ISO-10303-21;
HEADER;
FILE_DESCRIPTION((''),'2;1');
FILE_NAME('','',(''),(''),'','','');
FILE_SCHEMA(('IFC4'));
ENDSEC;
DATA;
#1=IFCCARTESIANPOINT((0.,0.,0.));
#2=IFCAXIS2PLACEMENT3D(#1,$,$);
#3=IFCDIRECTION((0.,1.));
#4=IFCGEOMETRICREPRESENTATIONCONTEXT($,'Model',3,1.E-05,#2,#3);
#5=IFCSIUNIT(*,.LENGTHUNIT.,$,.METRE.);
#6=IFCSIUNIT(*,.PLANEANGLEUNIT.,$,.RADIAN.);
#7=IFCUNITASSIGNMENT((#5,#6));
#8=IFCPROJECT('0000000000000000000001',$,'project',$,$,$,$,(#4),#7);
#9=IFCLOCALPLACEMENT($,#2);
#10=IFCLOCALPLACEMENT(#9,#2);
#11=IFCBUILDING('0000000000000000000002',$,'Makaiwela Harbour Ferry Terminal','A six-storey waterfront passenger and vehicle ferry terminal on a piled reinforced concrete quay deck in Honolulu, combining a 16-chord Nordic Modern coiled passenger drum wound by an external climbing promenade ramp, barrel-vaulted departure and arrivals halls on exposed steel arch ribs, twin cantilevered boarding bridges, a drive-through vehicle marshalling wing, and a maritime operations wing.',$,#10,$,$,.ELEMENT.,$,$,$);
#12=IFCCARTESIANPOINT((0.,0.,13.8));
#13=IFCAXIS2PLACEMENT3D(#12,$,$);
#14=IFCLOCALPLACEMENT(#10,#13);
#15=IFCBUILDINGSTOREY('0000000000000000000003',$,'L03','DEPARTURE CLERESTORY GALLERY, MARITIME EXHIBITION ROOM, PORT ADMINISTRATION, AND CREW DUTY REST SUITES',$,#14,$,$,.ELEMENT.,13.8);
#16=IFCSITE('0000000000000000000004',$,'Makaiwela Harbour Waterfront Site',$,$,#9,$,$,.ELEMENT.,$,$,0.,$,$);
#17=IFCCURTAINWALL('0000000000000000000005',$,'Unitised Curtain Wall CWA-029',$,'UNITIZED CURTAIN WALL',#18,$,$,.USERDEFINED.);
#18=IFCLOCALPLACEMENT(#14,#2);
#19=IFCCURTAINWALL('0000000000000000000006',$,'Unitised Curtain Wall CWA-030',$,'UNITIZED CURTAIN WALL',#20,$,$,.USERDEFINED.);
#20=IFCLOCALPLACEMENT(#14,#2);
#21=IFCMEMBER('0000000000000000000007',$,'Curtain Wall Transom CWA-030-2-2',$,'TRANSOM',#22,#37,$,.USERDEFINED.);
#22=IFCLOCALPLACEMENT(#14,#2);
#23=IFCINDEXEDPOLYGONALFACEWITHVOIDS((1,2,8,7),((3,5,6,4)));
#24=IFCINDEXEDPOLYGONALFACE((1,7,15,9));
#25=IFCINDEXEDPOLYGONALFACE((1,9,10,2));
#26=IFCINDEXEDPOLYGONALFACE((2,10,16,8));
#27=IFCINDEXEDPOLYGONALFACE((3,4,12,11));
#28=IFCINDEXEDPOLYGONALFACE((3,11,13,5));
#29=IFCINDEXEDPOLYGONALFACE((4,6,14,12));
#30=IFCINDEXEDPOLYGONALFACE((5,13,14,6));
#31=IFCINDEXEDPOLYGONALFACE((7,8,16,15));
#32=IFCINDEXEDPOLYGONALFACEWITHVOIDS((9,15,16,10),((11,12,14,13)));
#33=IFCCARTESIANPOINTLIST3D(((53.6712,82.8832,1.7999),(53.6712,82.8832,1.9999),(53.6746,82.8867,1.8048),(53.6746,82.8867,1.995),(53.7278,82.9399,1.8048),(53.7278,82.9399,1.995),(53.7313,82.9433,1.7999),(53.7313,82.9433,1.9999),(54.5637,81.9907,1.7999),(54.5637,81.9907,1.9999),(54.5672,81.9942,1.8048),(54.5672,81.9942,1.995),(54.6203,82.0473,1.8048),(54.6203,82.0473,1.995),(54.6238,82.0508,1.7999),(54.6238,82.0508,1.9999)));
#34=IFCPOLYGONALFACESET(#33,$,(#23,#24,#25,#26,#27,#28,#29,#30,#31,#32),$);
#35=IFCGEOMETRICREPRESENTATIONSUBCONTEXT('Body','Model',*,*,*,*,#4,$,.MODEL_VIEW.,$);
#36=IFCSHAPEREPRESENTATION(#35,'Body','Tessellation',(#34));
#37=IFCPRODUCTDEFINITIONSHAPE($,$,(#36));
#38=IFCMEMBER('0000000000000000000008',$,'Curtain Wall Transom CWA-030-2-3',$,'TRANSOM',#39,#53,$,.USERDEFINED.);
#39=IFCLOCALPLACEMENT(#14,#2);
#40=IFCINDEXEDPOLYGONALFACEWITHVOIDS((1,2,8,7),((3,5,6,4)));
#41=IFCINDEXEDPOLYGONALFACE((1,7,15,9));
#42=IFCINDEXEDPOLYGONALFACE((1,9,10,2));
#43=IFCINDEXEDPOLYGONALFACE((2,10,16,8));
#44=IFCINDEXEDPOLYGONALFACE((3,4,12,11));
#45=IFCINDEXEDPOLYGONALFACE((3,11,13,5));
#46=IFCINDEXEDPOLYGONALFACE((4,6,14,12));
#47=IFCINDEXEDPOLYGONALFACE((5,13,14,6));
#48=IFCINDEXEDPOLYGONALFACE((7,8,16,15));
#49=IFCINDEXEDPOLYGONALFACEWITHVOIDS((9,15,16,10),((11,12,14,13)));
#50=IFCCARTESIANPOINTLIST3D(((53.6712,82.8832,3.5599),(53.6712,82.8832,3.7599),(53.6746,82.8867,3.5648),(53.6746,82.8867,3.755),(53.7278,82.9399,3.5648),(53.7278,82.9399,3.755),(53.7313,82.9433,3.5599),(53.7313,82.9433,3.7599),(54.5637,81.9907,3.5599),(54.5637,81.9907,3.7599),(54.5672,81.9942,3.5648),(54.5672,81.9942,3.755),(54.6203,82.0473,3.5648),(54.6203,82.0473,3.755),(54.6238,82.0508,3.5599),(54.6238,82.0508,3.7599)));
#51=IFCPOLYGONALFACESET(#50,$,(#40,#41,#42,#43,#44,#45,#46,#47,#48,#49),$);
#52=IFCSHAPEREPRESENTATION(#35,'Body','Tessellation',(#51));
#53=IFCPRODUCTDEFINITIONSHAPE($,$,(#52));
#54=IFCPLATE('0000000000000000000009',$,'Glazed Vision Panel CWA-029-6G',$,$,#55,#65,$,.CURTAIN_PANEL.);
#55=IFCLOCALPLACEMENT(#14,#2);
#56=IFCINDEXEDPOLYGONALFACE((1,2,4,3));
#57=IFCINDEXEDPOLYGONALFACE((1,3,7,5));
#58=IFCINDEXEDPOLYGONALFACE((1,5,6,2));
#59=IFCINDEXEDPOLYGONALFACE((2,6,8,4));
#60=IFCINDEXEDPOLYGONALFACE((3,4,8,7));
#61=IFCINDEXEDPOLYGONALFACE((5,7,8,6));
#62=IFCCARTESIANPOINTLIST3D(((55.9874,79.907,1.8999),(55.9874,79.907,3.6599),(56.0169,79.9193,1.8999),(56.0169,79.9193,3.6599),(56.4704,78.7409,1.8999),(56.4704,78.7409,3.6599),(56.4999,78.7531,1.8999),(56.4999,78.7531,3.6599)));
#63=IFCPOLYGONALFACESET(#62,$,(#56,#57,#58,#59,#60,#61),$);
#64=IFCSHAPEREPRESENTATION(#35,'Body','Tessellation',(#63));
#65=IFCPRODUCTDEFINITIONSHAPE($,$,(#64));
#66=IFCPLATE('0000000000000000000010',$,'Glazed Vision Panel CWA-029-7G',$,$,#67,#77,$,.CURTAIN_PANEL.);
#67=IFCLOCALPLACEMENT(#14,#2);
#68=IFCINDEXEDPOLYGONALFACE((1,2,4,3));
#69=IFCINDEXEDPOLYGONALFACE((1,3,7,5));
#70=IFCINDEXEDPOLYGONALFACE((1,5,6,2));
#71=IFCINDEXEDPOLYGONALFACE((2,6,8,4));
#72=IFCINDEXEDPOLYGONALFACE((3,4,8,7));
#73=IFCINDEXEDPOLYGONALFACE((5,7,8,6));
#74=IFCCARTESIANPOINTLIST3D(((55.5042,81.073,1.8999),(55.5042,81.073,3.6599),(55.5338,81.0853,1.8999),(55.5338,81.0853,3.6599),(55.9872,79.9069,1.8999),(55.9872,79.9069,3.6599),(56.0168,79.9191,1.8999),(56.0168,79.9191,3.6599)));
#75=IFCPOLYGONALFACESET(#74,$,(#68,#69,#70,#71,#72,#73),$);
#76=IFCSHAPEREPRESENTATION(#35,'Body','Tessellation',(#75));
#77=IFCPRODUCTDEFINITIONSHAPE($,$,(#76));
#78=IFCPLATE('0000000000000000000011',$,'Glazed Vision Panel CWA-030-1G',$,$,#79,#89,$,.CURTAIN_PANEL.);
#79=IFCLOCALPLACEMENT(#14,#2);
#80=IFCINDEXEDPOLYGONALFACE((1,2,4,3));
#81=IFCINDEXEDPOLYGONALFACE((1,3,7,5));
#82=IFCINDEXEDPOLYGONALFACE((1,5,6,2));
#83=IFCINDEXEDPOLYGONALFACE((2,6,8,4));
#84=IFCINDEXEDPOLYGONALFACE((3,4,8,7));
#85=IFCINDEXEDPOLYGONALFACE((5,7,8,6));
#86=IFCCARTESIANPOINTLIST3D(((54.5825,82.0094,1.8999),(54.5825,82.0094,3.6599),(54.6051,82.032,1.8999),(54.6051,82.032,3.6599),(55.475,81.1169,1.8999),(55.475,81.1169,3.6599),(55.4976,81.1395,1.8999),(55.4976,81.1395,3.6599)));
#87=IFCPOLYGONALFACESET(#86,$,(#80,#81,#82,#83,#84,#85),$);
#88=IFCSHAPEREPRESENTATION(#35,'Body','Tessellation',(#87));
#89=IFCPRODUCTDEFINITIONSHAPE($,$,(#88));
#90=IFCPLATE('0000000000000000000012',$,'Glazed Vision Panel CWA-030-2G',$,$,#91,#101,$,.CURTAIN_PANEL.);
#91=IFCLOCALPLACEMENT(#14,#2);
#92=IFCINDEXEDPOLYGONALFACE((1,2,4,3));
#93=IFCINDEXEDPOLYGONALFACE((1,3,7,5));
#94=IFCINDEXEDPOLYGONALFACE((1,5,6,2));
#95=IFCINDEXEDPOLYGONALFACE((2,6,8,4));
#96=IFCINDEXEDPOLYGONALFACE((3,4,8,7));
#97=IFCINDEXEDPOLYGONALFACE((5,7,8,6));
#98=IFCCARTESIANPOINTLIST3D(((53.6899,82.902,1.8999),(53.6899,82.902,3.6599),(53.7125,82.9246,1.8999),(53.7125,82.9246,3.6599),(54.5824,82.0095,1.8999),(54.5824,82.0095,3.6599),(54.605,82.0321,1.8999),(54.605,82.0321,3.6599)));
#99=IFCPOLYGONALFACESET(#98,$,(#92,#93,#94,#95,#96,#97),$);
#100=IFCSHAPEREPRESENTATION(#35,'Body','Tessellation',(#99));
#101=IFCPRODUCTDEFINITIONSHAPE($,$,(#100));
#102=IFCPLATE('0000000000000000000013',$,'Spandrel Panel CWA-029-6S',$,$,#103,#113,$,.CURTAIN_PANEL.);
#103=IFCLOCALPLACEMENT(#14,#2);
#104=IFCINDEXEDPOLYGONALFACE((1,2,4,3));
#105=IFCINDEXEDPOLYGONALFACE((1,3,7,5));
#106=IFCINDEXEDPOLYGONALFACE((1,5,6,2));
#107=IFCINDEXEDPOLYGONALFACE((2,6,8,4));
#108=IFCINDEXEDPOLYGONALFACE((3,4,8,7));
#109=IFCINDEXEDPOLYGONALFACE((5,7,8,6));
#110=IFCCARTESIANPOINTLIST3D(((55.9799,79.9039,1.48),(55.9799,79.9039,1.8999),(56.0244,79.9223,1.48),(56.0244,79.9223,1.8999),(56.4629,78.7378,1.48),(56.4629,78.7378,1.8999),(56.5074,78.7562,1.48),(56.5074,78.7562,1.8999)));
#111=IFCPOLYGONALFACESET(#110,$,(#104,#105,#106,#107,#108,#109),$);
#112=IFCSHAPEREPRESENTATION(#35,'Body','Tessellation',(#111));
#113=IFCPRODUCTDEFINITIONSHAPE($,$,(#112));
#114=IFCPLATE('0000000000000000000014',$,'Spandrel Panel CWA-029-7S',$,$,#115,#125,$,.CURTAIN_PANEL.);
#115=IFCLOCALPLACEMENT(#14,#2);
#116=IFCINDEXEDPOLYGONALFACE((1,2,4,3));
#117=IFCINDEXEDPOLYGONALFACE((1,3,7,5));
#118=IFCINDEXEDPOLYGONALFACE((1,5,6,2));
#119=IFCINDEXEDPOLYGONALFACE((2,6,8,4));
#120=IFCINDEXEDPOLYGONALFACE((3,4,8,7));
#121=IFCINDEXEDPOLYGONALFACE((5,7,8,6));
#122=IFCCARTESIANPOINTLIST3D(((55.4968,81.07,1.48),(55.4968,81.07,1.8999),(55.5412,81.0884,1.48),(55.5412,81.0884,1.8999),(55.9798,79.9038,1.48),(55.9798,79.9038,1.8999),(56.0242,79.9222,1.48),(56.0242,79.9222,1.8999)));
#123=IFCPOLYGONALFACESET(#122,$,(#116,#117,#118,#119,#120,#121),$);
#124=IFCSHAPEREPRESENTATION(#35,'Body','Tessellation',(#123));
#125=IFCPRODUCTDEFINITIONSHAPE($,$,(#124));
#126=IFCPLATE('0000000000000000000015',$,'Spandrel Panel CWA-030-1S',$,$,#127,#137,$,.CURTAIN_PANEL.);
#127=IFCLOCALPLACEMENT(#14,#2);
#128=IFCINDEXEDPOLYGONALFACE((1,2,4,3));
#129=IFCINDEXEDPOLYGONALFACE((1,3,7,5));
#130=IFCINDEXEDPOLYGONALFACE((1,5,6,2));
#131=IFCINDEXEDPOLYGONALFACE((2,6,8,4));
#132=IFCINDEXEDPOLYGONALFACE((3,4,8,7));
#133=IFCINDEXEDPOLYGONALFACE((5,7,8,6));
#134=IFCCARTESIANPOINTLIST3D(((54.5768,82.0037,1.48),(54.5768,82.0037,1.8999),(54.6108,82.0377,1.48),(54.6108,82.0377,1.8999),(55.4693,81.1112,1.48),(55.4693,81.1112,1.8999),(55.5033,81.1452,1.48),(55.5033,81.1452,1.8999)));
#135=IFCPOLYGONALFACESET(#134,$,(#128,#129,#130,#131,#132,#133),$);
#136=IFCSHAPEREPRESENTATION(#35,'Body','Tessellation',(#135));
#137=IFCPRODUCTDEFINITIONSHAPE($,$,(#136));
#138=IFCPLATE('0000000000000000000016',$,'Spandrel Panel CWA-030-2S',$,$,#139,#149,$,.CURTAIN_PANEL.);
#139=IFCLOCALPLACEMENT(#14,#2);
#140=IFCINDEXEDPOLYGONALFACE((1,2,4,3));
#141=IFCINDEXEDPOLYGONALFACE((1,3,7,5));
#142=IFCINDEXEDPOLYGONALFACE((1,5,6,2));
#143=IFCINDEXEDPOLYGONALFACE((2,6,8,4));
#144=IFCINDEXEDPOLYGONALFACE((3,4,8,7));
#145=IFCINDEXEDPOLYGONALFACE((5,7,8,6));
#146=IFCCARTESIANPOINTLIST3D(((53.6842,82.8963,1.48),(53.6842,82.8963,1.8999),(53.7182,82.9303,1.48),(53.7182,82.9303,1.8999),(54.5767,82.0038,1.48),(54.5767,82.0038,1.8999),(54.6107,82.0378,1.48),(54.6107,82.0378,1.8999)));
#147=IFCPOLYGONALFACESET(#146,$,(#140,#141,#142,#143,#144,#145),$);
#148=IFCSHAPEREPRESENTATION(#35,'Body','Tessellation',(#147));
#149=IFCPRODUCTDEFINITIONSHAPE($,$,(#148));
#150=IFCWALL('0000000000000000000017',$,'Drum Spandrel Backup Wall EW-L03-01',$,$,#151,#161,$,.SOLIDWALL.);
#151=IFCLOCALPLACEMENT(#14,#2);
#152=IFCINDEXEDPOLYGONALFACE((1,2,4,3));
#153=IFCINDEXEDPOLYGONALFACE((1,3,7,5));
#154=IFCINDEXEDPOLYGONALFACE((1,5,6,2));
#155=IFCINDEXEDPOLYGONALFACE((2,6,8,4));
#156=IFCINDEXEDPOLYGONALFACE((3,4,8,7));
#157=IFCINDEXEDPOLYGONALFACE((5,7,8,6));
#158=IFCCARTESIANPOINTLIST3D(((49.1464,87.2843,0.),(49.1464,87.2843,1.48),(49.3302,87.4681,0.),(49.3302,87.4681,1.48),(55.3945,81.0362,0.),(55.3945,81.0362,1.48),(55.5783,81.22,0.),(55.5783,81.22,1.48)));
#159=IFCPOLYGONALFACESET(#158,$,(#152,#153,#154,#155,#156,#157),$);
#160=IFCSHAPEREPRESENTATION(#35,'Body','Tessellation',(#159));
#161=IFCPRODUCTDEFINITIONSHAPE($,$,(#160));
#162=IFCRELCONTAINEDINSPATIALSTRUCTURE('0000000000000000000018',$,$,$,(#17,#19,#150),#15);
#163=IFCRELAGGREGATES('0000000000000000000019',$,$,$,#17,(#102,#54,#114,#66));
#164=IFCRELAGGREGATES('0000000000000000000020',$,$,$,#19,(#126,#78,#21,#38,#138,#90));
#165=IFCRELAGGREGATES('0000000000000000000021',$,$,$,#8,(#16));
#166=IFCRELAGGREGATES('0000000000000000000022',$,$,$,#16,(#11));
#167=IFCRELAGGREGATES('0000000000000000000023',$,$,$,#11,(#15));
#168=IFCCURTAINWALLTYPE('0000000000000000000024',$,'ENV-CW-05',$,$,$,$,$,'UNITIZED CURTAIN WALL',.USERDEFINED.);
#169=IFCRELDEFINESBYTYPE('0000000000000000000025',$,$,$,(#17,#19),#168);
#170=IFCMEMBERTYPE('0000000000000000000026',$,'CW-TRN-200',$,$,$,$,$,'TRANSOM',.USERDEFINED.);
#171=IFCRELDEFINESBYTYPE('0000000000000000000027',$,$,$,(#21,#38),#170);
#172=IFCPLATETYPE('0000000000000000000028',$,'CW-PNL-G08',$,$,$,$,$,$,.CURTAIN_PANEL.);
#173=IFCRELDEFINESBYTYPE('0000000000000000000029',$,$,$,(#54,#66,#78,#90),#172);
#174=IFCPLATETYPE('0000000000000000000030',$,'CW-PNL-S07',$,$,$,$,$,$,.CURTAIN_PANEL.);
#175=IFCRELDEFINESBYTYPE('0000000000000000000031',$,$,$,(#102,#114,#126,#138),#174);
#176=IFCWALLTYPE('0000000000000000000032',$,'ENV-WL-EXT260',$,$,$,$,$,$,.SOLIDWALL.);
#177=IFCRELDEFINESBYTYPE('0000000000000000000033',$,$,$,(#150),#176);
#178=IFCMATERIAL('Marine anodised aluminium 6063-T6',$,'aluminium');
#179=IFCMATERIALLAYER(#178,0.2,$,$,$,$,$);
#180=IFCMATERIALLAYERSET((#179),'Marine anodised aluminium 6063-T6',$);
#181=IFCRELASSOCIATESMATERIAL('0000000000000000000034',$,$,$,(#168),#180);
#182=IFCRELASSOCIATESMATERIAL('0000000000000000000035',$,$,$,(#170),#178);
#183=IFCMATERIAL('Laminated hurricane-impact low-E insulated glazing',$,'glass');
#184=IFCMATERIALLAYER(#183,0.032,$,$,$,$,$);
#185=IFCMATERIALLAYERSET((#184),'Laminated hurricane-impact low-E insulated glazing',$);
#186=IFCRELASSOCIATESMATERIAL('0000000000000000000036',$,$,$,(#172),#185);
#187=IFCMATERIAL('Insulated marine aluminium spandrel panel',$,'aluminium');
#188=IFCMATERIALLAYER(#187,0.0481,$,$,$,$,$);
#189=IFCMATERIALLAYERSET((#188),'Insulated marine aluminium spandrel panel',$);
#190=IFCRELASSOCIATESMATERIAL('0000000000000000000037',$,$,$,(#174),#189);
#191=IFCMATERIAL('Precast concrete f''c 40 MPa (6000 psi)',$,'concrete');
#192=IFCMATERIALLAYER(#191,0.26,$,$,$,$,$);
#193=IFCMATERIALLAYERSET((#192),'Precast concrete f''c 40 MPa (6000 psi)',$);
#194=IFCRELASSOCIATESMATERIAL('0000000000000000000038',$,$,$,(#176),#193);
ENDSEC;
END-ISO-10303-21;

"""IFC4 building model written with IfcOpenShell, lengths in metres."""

from ifc_helpers import new_model, si_unit, direction, frame, frame_2d, origin, origin_2d, place, context, subcontext, project, spatial, rectangle, hollow_rectangle, extrude, material, layer, layer_set, material_profile, profile_set, type_object, element, aggregate, save


model = new_model("IFC4")

# Units and contexts
model_context = context("Model", 3, precision=1e-05, world=origin(), true_north=direction((0.0, 1.0)))
body_context = subcontext(model_context, "Body", "Model", "MODEL_VIEW")
ifc_project = project(units=[si_unit("LENGTHUNIT", "METRE"), si_unit("PLANEANGLEUNIT", "RADIAN")], contexts=[model_context])

# Site, building, storey
site_placement = place(None, origin())
site = spatial("IfcSite", under=ifc_project, at=site_placement, Name="Makaiwela Harbour Waterfront Site", CompositionType="ELEMENT", RefElevation=0.0)
building_placement = place(site_placement, origin())
building = spatial("IfcBuilding", under=site, at=building_placement, Name="Makaiwela Harbour Ferry Terminal", Description="A six-storey waterfront passenger and vehicle ferry terminal on a piled reinforced concrete quay deck in Honolulu, combining a 16-chord Nordic Modern coiled passenger drum wound by an external climbing promenade ramp, barrel-vaulted departure and arrivals halls on exposed steel arch ribs, twin cantilevered boarding bridges, a drive-through vehicle marshalling wing, and a maritime operations wing.", CompositionType="ELEMENT")
storey_placement = place(building_placement, frame((0.0, 0.0, 13.8)))
storey = spatial("IfcBuildingStorey", under=building, at=storey_placement, Name="L03", Description="DEPARTURE CLERESTORY GALLERY, MARITIME EXHIBITION ROOM, PORT ADMINISTRATION, AND CREW DUTY REST SUITES", CompositionType="ELEMENT", Elevation=13.8)

# Curtain walls
ifc_material_1 = material(Name="Marine anodised aluminium 6063-T6", Category="aluminium")
ifc_layer_1 = layer(ifc_material_1, 0.2)
ifc_layer_set_1 = layer_set([ifc_layer_1], Name="Marine anodised aluminium 6063-T6")
curtain_wall_type = type_object("IfcCurtainWallType", Name="ENV-CW-05", ElementType="UNITIZED CURTAIN WALL", PredefinedType="USERDEFINED", material=ifc_layer_set_1)
curtain_wall_1_placement = place(storey_placement, origin())
curtain_wall_1 = element("IfcCurtainWall", 1, at=curtain_wall_1_placement, inside=storey, type_object=curtain_wall_type, Name="Unitised Curtain Wall CWA-029", ObjectType="UNITIZED CURTAIN WALL", PredefinedType="USERDEFINED")
curtain_wall_2_placement = place(storey_placement, origin())
curtain_wall_2 = element("IfcCurtainWall", 2, at=curtain_wall_2_placement, inside=storey, type_object=curtain_wall_type, Name="Unitised Curtain Wall CWA-030", ObjectType="UNITIZED CURTAIN WALL", PredefinedType="USERDEFINED")

# Members
ifc_material_profile_1 = material_profile(ifc_material_1, hollow_rectangle(XDim=0.085, YDim=0.2, WallThickness=0.0049, at=origin_2d()), Name="CWT-200X85")
ifc_profile_set_1 = profile_set([ifc_material_profile_1], Name="Marine anodised aluminium 6063-T6")
member_type_1 = type_object("IfcMemberType", Name="CW-TRN-200", ElementType="TRANSOM", PredefinedType="USERDEFINED", material=ifc_profile_set_1)
member_1_placement = place(storey_placement, frame((54.5938, 82.0208, 1.8999), z_axis=(-0.707107, 0.707107, 0.0), x_axis=(-0.707107, -0.707107, 0.0)))
member_1 = element("IfcMember", 3, at=member_1_placement, type_object=member_type_1, Name="Curtain Wall Transom CWA-030-2-2", ObjectType="TRANSOM", PredefinedType="USERDEFINED", context=body_context, shape_type="SweptSolid", body=[
    extrude(hollow_rectangle(XDim=0.085, YDim=0.2, WallThickness=0.0049, at=origin_2d()), origin(), (0.0, 0.0, 1.0), 1.2622),
])
member_2_placement = place(storey_placement, frame((54.5938, 82.0208, 3.6599), z_axis=(-0.707107, 0.707107, 0.0), x_axis=(-0.707107, -0.707107, 0.0)))
member_2 = element("IfcMember", 4, at=member_2_placement, type_object=member_type_1, Name="Curtain Wall Transom CWA-030-2-3", ObjectType="TRANSOM", PredefinedType="USERDEFINED", context=body_context, shape_type="SweptSolid", body=[
    extrude(hollow_rectangle(XDim=0.085, YDim=0.2, WallThickness=0.0049, at=origin_2d()), origin(), (0.0, 0.0, 1.0), 1.2622),
])

# Plates
ifc_material_2 = material(Name="Laminated hurricane-impact low-E insulated glazing", Category="glass")
ifc_layer_2 = layer(ifc_material_2, 0.032)
ifc_layer_set_2 = layer_set([ifc_layer_2], Name="Laminated hurricane-impact low-E insulated glazing")
plate_type_1 = type_object("IfcPlateType", Name="CW-PNL-G08", PredefinedType="CURTAIN_PANEL", material=ifc_layer_set_2)
plate_1_placement = place(storey_placement, frame((56.2437, 79.3301, 1.8999), z_axis=(0.0, 0.0, 1.0), x_axis=(-0.382683, 0.92388, 0.0)))
plate_1 = element("IfcPlate", 5, at=plate_1_placement, type_object=plate_type_1, Name="Glazed Vision Panel CWA-029-6G", PredefinedType="CURTAIN_PANEL", context=body_context, shape_type="SweptSolid", body=[
    extrude(rectangle(XDim=1.2622, YDim=0.032, at=origin_2d()), origin(), (0.0, 0.0, 1.0), 1.76),
])
plate_2_placement = place(storey_placement, frame((55.7605, 80.4961, 1.8999), z_axis=(0.0, 0.0, 1.0), x_axis=(-0.382683, 0.92388, 0.0)))
plate_2 = element("IfcPlate", 6, at=plate_2_placement, type_object=plate_type_1, Name="Glazed Vision Panel CWA-029-7G", PredefinedType="CURTAIN_PANEL", context=body_context, shape_type="SweptSolid", body=[
    extrude(rectangle(XDim=1.2622, YDim=0.032, at=origin_2d()), origin(), (0.0, 0.0, 1.0), 1.76),
])
plate_3_placement = place(storey_placement, frame((55.04, 81.5745, 1.8999), z_axis=(0.0, 0.0, 1.0), x_axis=(-0.707107, 0.707107, 0.0)))
plate_3 = element("IfcPlate", 7, at=plate_3_placement, type_object=plate_type_1, Name="Glazed Vision Panel CWA-030-1G", PredefinedType="CURTAIN_PANEL", context=body_context, shape_type="SweptSolid", body=[
    extrude(rectangle(XDim=1.2622, YDim=0.032, at=origin_2d()), origin(), (0.0, 0.0, 1.0), 1.76),
])
plate_4_placement = place(storey_placement, frame((54.1475, 82.467, 1.8999), z_axis=(0.0, 0.0, 1.0), x_axis=(-0.707107, 0.707107, 0.0)))
plate_4 = element("IfcPlate", 8, at=plate_4_placement, type_object=plate_type_1, Name="Glazed Vision Panel CWA-030-2G", PredefinedType="CURTAIN_PANEL", context=body_context, shape_type="SweptSolid", body=[
    extrude(rectangle(XDim=1.2622, YDim=0.032, at=origin_2d()), origin(), (0.0, 0.0, 1.0), 1.76),
])
ifc_material_3 = material(Name="Insulated marine aluminium spandrel panel", Category="aluminium")
ifc_layer_3 = layer(ifc_material_3, 0.0481)
ifc_layer_set_3 = layer_set([ifc_layer_3], Name="Insulated marine aluminium spandrel panel")
plate_type_2 = type_object("IfcPlateType", Name="CW-PNL-S07", PredefinedType="CURTAIN_PANEL", material=ifc_layer_set_3)
plate_5_placement = place(storey_placement, frame((56.2437, 79.3301, 1.48), z_axis=(0.0, 0.0, 1.0), x_axis=(-0.382683, 0.92388, 0.0)))
plate_5 = element("IfcPlate", 9, at=plate_5_placement, type_object=plate_type_2, Name="Spandrel Panel CWA-029-6S", PredefinedType="CURTAIN_PANEL", context=body_context, shape_type="SweptSolid", body=[
    extrude(rectangle(XDim=1.2622, YDim=0.0481, at=origin_2d()), origin(), (0.0, 0.0, 1.0), 0.4199),
])
plate_6_placement = place(storey_placement, frame((55.7605, 80.4961, 1.48), z_axis=(0.0, 0.0, 1.0), x_axis=(-0.382683, 0.92388, 0.0)))
plate_6 = element("IfcPlate", 10, at=plate_6_placement, type_object=plate_type_2, Name="Spandrel Panel CWA-029-7S", PredefinedType="CURTAIN_PANEL", context=body_context, shape_type="SweptSolid", body=[
    extrude(rectangle(XDim=1.2622, YDim=0.0481, at=origin_2d()), origin(), (0.0, 0.0, 1.0), 0.4199),
])
aggregate(curtain_wall_1, [plate_5, plate_1, plate_6, plate_2])
plate_7_placement = place(storey_placement, frame((55.04, 81.5745, 1.48), z_axis=(0.0, 0.0, 1.0), x_axis=(-0.707107, 0.707107, 0.0)))
plate_7 = element("IfcPlate", 11, at=plate_7_placement, type_object=plate_type_2, Name="Spandrel Panel CWA-030-1S", PredefinedType="CURTAIN_PANEL", context=body_context, shape_type="SweptSolid", body=[
    extrude(rectangle(XDim=1.2622, YDim=0.0481, at=origin_2d()), origin(), (0.0, 0.0, 1.0), 0.4199),
])
plate_8_placement = place(storey_placement, frame((54.1475, 82.467, 1.48), z_axis=(0.0, 0.0, 1.0), x_axis=(-0.707107, 0.707107, 0.0)))
plate_8 = element("IfcPlate", 12, at=plate_8_placement, type_object=plate_type_2, Name="Spandrel Panel CWA-030-2S", PredefinedType="CURTAIN_PANEL", context=body_context, shape_type="SweptSolid", body=[
    extrude(rectangle(XDim=1.2622, YDim=0.0481, at=origin_2d()), origin(), (0.0, 0.0, 1.0), 0.4199),
])
aggregate(curtain_wall_2, [plate_7, plate_3, member_1, member_2, plate_8, plate_4])

# Wall
ifc_material_4 = material(Name="Precast concrete f'c 40 MPa (6000 psi)", Category="concrete")
ifc_layer_4 = layer(ifc_material_4, 0.26)
ifc_layer_set_4 = layer_set([ifc_layer_4], Name="Precast concrete f'c 40 MPa (6000 psi)")
wall_type_1 = type_object("IfcWallType", Name="ENV-WL-EXT260", PredefinedType="SOLIDWALL", material=ifc_layer_set_4)
wall_1_placement = place(storey_placement, frame((55.4863, 81.1282, 0.0), z_axis=(0.0, 0.0, 1.0), x_axis=(-0.707107, 0.707107, 0.0)))
element("IfcWall", 13, at=wall_1_placement, inside=storey, type_object=wall_type_1, Name="Drum Spandrel Backup Wall EW-L03-01", PredefinedType="SOLIDWALL", context=body_context, shape_type="SweptSolid", body=[
    extrude(rectangle(XDim=8.8362, YDim=0.26, at=frame_2d((4.418, 0.0))), origin(), (0.0, 0.0, 1.0), 1.48),
])

save(model, "model.ifc")
